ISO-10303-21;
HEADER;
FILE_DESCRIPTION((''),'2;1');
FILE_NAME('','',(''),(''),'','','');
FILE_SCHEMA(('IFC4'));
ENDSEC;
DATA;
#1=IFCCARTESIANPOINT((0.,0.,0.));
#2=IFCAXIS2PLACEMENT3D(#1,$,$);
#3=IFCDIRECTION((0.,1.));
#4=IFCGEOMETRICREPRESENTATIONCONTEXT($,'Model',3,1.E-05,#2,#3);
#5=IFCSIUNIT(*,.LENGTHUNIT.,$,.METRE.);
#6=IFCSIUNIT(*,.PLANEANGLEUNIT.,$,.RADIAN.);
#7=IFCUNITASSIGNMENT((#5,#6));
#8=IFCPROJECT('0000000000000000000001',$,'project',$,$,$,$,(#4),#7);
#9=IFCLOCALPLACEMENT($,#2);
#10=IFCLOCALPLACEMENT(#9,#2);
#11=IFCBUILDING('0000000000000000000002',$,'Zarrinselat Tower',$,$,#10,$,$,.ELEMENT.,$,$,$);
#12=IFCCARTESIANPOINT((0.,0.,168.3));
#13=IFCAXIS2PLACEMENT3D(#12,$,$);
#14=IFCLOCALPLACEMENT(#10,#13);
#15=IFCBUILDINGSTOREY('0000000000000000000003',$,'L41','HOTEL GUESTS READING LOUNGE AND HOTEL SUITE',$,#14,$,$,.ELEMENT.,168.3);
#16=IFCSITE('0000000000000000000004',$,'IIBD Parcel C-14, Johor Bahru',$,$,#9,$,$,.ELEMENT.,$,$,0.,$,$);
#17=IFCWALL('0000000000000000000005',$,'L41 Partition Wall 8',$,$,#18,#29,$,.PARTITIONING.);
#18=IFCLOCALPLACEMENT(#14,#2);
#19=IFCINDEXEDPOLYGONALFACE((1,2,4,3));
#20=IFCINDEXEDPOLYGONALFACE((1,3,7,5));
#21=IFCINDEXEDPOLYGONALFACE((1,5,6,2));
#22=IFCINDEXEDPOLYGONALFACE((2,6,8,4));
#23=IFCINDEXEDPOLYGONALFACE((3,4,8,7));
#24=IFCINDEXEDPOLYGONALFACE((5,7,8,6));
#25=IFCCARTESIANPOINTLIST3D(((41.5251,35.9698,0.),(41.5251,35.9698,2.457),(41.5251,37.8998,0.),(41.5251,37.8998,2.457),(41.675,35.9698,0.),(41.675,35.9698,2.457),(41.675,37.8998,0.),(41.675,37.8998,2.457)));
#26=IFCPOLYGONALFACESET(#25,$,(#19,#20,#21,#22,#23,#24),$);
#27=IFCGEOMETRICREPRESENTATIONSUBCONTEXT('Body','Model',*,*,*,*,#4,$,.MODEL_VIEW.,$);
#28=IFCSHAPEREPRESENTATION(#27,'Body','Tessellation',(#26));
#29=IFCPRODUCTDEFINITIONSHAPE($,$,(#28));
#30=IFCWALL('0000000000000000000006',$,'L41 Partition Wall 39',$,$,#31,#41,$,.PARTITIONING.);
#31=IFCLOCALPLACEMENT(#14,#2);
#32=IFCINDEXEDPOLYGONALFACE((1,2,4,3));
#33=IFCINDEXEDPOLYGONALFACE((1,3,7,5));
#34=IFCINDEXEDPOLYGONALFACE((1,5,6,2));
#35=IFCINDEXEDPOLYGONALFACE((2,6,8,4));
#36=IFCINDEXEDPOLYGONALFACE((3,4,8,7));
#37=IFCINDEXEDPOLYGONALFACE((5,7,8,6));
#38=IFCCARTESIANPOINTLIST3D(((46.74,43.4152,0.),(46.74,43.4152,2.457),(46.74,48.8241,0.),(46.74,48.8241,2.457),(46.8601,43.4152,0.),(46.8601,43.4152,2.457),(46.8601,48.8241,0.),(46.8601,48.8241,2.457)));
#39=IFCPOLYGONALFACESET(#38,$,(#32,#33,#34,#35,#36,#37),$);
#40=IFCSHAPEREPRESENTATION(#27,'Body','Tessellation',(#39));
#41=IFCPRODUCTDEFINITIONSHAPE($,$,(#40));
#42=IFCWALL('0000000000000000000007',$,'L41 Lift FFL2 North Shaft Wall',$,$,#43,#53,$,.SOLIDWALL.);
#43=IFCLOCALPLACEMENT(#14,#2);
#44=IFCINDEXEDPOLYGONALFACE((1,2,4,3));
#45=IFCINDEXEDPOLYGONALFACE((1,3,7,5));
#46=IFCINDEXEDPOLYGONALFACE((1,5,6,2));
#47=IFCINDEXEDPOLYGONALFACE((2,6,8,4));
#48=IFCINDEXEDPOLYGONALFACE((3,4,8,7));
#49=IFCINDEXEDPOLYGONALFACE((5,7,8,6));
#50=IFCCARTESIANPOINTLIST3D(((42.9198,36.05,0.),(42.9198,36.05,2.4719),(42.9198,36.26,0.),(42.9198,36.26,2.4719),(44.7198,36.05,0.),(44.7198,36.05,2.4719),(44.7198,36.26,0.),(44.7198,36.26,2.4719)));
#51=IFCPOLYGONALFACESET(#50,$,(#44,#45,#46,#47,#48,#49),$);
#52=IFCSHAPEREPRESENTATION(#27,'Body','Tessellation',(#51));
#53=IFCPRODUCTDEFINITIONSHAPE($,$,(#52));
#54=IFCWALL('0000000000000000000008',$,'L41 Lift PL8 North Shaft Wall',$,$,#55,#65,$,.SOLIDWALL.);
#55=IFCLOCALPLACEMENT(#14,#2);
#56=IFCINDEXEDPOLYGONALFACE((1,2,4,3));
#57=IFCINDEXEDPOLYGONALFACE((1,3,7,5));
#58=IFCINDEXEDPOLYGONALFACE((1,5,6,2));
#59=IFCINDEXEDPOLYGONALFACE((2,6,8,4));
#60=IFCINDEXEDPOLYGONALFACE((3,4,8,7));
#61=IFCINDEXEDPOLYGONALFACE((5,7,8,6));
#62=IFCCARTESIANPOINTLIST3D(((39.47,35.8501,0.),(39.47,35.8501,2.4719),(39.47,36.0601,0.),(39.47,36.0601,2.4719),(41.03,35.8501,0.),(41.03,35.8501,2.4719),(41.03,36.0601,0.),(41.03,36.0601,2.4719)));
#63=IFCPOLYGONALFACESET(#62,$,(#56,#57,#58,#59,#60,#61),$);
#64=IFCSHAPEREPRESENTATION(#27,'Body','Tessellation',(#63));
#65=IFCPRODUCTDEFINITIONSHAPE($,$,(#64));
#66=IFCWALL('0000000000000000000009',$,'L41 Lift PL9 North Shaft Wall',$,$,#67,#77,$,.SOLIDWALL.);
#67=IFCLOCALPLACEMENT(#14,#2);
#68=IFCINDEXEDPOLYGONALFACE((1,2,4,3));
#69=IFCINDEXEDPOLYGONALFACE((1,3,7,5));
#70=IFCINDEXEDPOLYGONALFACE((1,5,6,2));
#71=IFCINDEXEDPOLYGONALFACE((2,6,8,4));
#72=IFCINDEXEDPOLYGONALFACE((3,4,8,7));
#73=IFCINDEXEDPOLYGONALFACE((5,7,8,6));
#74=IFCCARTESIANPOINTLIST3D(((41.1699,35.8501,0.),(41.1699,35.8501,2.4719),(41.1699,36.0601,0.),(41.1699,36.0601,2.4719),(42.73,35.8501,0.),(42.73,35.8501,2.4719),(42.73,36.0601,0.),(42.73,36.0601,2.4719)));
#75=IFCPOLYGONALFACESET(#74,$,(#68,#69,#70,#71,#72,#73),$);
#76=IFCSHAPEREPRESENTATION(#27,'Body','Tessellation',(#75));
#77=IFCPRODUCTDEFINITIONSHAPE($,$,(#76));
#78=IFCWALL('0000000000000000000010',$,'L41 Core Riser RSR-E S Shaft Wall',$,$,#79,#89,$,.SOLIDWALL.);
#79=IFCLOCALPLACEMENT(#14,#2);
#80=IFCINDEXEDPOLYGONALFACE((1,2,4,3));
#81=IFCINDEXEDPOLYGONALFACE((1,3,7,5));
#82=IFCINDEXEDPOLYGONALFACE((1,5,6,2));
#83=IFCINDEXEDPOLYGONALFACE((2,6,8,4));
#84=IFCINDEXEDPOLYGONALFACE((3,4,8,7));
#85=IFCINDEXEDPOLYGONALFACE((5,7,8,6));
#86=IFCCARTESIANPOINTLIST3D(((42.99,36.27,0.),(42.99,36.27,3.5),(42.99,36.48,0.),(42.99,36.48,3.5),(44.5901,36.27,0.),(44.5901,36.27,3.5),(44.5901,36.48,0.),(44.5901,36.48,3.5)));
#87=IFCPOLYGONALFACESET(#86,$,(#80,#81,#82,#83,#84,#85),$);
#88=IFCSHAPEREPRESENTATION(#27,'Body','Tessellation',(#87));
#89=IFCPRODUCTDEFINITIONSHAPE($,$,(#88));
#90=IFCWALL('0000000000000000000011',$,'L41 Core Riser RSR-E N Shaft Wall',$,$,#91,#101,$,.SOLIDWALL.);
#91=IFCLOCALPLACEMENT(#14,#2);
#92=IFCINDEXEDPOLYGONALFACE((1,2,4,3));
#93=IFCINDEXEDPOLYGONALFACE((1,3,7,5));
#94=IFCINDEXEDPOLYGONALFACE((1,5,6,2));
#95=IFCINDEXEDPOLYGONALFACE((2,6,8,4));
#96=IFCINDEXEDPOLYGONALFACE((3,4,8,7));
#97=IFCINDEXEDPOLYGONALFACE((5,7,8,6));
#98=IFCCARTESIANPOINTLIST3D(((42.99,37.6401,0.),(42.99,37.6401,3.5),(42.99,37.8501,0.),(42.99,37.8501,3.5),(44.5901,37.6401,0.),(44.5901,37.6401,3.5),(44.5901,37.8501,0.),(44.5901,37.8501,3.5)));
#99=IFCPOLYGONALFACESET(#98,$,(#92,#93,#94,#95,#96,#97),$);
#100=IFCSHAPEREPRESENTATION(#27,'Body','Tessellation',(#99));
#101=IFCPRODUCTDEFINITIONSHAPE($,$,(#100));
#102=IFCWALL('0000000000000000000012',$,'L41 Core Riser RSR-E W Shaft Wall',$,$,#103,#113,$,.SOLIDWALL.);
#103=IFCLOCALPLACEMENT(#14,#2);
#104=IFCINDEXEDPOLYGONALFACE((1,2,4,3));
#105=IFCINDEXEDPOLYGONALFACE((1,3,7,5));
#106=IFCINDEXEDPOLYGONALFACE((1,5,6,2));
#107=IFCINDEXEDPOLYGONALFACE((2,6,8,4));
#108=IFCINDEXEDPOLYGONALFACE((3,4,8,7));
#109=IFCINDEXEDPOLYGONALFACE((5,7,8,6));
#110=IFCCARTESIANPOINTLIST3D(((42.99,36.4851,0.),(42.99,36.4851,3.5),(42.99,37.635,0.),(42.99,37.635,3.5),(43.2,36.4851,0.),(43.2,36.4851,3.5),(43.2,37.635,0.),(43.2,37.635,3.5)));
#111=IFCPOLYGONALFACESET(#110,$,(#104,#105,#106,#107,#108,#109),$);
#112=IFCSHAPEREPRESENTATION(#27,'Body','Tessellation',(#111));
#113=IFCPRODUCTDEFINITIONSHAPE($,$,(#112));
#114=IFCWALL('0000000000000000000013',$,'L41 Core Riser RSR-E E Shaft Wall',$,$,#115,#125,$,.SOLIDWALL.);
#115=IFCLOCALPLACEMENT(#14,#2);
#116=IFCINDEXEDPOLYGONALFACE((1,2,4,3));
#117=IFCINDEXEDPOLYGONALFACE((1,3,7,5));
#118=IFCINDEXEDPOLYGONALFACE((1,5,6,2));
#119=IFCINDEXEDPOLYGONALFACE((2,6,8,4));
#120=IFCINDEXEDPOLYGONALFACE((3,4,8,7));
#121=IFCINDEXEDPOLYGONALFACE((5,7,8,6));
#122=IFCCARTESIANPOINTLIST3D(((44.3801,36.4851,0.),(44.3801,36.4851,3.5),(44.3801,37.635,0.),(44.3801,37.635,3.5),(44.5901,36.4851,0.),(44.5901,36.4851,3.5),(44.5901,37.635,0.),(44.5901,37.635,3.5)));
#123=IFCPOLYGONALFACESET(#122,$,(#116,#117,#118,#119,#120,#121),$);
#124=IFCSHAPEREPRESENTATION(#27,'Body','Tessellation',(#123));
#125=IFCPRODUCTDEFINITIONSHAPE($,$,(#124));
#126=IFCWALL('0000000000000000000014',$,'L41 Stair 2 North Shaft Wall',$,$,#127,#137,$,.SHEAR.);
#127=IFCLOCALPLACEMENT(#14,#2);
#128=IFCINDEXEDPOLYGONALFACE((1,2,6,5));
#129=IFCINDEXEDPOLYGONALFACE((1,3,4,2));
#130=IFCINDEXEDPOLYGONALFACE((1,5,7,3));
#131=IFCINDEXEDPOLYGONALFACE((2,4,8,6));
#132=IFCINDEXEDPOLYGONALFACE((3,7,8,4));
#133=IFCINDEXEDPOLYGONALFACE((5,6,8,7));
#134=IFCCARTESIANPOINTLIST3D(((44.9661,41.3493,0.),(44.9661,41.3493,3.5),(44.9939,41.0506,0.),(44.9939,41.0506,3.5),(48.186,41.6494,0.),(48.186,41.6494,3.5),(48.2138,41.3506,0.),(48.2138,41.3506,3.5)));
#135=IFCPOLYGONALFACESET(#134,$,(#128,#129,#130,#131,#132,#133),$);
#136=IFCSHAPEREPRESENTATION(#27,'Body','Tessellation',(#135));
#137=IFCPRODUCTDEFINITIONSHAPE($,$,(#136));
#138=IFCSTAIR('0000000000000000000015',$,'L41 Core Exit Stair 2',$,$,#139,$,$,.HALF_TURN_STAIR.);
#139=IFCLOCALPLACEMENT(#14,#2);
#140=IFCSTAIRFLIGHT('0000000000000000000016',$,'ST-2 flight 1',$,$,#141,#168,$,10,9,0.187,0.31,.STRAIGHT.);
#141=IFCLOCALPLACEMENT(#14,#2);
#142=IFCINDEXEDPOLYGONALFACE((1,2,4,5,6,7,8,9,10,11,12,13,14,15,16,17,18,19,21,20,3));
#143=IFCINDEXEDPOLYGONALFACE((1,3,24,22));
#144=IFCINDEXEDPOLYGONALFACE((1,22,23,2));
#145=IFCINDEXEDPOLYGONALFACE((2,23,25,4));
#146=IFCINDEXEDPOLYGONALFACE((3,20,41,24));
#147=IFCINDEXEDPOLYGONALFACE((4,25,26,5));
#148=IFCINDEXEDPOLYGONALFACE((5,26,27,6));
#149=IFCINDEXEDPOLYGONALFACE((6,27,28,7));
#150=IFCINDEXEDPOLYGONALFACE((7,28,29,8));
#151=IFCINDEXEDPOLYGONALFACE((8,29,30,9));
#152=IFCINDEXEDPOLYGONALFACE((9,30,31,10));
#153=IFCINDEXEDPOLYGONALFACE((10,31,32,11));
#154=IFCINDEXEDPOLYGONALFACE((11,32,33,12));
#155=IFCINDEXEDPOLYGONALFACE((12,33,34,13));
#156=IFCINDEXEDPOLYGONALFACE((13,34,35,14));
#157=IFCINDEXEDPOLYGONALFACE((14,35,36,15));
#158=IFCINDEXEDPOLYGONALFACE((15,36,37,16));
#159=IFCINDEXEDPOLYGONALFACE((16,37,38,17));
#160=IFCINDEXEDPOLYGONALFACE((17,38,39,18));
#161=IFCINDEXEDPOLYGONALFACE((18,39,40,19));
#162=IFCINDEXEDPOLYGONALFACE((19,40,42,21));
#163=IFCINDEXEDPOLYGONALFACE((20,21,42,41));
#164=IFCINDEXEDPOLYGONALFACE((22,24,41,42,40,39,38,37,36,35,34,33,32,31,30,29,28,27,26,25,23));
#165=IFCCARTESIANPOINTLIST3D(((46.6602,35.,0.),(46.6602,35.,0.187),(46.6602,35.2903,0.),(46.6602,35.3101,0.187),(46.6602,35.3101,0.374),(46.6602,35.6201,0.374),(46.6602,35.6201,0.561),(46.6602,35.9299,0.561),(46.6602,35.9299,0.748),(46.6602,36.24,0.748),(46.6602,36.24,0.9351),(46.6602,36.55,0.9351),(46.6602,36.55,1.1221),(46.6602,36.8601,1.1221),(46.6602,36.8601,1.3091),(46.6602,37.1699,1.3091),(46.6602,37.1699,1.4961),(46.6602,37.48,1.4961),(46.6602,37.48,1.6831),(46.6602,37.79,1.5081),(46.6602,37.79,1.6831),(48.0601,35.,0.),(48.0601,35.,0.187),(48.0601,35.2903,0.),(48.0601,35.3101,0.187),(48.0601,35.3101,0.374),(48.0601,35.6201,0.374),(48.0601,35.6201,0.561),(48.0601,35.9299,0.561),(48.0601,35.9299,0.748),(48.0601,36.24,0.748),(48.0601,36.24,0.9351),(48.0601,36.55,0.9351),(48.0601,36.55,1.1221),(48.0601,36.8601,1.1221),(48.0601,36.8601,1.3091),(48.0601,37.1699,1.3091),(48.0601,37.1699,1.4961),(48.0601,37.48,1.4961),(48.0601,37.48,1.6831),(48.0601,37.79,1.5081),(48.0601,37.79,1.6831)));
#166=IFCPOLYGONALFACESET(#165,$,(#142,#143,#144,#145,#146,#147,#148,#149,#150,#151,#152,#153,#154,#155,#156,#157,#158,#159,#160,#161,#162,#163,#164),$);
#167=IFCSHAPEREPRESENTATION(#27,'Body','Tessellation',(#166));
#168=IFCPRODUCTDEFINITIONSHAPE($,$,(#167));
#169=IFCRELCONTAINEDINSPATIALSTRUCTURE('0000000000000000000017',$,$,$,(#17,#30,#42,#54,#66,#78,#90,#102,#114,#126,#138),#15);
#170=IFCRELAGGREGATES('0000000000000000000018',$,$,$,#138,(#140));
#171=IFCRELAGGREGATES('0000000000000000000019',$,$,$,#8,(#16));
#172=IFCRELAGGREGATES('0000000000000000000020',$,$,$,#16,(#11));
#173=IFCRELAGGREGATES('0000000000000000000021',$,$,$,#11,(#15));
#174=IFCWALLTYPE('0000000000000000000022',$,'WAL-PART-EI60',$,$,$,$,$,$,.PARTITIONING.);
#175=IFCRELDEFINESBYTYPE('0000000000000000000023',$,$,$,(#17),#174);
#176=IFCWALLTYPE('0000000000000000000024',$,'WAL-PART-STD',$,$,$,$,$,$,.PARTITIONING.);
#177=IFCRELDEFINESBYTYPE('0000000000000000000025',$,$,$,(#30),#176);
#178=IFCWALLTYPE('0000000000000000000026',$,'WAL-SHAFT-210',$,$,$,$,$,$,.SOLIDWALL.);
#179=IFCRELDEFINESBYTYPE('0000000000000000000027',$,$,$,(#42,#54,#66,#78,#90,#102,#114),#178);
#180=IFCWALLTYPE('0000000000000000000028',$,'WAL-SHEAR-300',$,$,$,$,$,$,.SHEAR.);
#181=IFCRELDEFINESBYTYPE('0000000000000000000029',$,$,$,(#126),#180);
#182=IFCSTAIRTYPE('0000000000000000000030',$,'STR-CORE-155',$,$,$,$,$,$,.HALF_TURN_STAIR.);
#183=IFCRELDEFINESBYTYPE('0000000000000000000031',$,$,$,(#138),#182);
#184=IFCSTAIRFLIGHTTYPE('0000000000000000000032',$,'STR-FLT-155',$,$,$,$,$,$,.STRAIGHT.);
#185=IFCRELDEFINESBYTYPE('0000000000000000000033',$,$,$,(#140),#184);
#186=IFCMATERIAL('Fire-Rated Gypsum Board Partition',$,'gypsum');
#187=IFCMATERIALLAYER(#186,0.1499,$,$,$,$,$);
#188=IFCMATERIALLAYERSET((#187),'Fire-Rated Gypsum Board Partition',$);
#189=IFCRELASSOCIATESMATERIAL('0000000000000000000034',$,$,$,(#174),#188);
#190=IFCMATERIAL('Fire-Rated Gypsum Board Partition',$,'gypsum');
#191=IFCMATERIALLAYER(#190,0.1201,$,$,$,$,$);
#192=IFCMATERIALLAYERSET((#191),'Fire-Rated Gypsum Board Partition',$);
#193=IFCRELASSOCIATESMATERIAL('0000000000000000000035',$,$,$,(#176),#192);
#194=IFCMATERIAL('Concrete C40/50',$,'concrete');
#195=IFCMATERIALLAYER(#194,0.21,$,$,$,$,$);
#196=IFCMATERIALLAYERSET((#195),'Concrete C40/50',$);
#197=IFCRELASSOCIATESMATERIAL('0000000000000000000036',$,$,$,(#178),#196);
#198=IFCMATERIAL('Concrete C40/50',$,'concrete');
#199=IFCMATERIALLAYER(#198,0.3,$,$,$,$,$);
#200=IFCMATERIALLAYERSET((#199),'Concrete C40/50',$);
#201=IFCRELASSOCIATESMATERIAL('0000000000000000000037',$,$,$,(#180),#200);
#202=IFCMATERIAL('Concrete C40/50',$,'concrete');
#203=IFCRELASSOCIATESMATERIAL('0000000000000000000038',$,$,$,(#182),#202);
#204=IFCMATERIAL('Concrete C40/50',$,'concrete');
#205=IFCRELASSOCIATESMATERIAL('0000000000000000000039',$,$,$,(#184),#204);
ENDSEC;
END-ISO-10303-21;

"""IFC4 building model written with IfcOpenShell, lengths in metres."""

from ifc_helpers import new_model, si_unit, direction, frame, frame_2d, origin, place, context, subcontext, project, spatial, polyline, rectangle, outline, extrude, material, layer, layer_set, type_object, element, aggregate, save


model = new_model("IFC4")

# Units and contexts
model_context = context("Model", 3, precision=1e-05, world=origin(), true_north=direction((0.0, 1.0)))
body_context = subcontext(model_context, "Body", "Model", "MODEL_VIEW")
ifc_project = project(units=[si_unit("LENGTHUNIT", "METRE"), si_unit("PLANEANGLEUNIT", "RADIAN")], contexts=[model_context])

# Site, building, storey
site_placement = place(None, origin())
site = spatial("IfcSite", under=ifc_project, at=site_placement, Name="IIBD Parcel C-14, Johor Bahru", CompositionType="ELEMENT", RefElevation=0.0)
building_placement = place(site_placement, origin())
building = spatial("IfcBuilding", under=site, at=building_placement, Name="Zarrinselat Tower", CompositionType="ELEMENT")
storey_placement = place(building_placement, frame((0.0, 0.0, 168.3)))
storey = spatial("IfcBuildingStorey", under=building, at=storey_placement, Name="L41", Description="HOTEL GUESTS READING LOUNGE AND HOTEL SUITE", CompositionType="ELEMENT", Elevation=168.3)

# Shared definitions
ifc_material_1 = material(Name="Fire-Rated Gypsum Board Partition", Category="gypsum")
ifc_layer_1 = layer(ifc_material_1, 0.1499)
ifc_layer_set_1 = layer_set([ifc_layer_1], Name="Fire-Rated Gypsum Board Partition")
wall_type_1 = type_object("IfcWallType", Name="WAL-PART-EI60", PredefinedType="PARTITIONING", material=ifc_layer_set_1)

# Walls
wall_1_placement = place(storey_placement, frame((41.6001, 35.97, 0.0), z_axis=(0.0, 0.0, 1.0), x_axis=(0.0, 1.0, 0.0)))
element("IfcWall", 1, at=wall_1_placement, inside=storey, type_object=wall_type_1, Name="L41 Partition Wall 8", PredefinedType="PARTITIONING", context=body_context, shape_type="SweptSolid", body=[
    extrude(rectangle(XDim=1.9299, YDim=0.1499, at=frame_2d((0.9648, 0.0))), origin(), (0.0, 0.0, 1.0), 2.457),
])
ifc_material_2 = material(Name="Fire-Rated Gypsum Board Partition", Category="gypsum")
ifc_layer_2 = layer(ifc_material_2, 0.1201)
ifc_layer_set_2 = layer_set([ifc_layer_2], Name="Fire-Rated Gypsum Board Partition")
wall_type_2 = type_object("IfcWallType", Name="WAL-PART-STD", PredefinedType="PARTITIONING", material=ifc_layer_set_2)
wall_2_placement = place(storey_placement, frame((46.8, 43.415, 0.0), z_axis=(0.0, 0.0, 1.0), x_axis=(0.0, 1.0, 0.0)))
element("IfcWall", 2, at=wall_2_placement, inside=storey, type_object=wall_type_2, Name="L41 Partition Wall 39", PredefinedType="PARTITIONING", context=body_context, shape_type="SweptSolid", body=[
    extrude(rectangle(XDim=5.4089, YDim=0.1201, at=frame_2d((2.7046, 0.0))), origin(), (0.0, 0.0, 1.0), 2.457),
])
ifc_material_3 = material(Name="Concrete C40/50", Category="concrete")
ifc_layer_3 = layer(ifc_material_3, 0.21)
ifc_layer_set_3 = layer_set([ifc_layer_3], Name="Concrete C40/50")
wall_type_3 = type_object("IfcWallType", Name="WAL-SHAFT-210", PredefinedType="SOLIDWALL", material=ifc_layer_set_3)
wall_3_placement = place(storey_placement, frame((42.9199, 36.155, 0.0), z_axis=(0.0, 0.0, 1.0), x_axis=(1.0, 0.0, 0.0)))
element("IfcWall", 3, at=wall_3_placement, inside=storey, type_object=wall_type_3, Name="L41 Lift FFL2 North Shaft Wall", PredefinedType="SOLIDWALL", context=body_context, shape_type="SweptSolid", body=[
    extrude(rectangle(XDim=1.8, YDim=0.21, at=frame_2d((0.8999, 0.0))), origin(), (0.0, 0.0, 1.0), 2.4719),
])
for number, where, z_axis, x_axis, name in (
    (4, (39.47, 35.9551, 0.0), (0.0, 0.0, 1.0), (1.0, 0.0, 0.0), "L41 Lift PL8 North Shaft Wall"),
    (5, (41.1699, 35.9551, 0.0), (0.0, 0.0, 1.0), (1.0, 0.0, 0.0), "L41 Lift PL9 North Shaft Wall"),
):
    element("IfcWall", number, at=place(storey_placement, frame(where, z_axis=z_axis, x_axis=x_axis)), inside=storey, type_object=wall_type_3, Name=name, PredefinedType="SOLIDWALL", context=body_context, shape_type="SweptSolid", body=[
        extrude(rectangle(XDim=1.5601, YDim=0.21, at=frame_2d((0.78, 0.0))), origin(), (0.0, 0.0, 1.0), 2.4719),
    ])
for number, where, z_axis, x_axis, name in (
    (6, (42.99, 36.375, 0.0), (0.0, 0.0, 1.0), (1.0, 0.0, 0.0), "L41 Core Riser RSR-E S Shaft Wall"),
    (7, (42.99, 37.7451, 0.0), (0.0, 0.0, 1.0), (1.0, 0.0, 0.0), "L41 Core Riser RSR-E N Shaft Wall"),
):
    element("IfcWall", number, at=place(storey_placement, frame(where, z_axis=z_axis, x_axis=x_axis)), inside=storey, type_object=wall_type_3, Name=name, PredefinedType="SOLIDWALL", context=body_context, shape_type="SweptSolid", body=[
        extrude(rectangle(XDim=1.6001, YDim=0.21, at=frame_2d((0.8, 0.0))), origin(), (0.0, 0.0, 1.0), 3.5),
    ])
for number, where, z_axis, x_axis, name in (
    (8, (43.095, 36.4851, 0.0), (0.0, 0.0, 1.0), (0.0, 1.0, 0.0), "L41 Core Riser RSR-E W Shaft Wall"),
    (9, (44.4851, 36.4851, 0.0), (0.0, 0.0, 1.0), (0.0, 1.0, 0.0), "L41 Core Riser RSR-E E Shaft Wall"),
):
    element("IfcWall", number, at=place(storey_placement, frame(where, z_axis=z_axis, x_axis=x_axis)), inside=storey, type_object=wall_type_3, Name=name, PredefinedType="SOLIDWALL", context=body_context, shape_type="SweptSolid", body=[
        extrude(rectangle(XDim=1.1499, YDim=0.21, at=frame_2d((0.575, 0.0))), origin(), (0.0, 0.0, 1.0), 3.5),
    ])
ifc_material_4 = material(Name="Concrete C40/50", Category="concrete")
ifc_layer_4 = layer(ifc_material_4, 0.3)
ifc_layer_set_4 = layer_set([ifc_layer_4], Name="Concrete C40/50")
wall_type_4 = type_object("IfcWallType", Name="WAL-SHEAR-300", PredefinedType="SHEAR", material=ifc_layer_set_4)
wall_4_placement = place(storey_placement, frame((44.98, 41.2, 0.0), z_axis=(0.0, 0.0, 1.0), x_axis=(0.995686, 0.092782, 0.0)))
element("IfcWall", 10, at=wall_4_placement, inside=storey, type_object=wall_type_4, Name="L41 Stair 2 North Shaft Wall", PredefinedType="SHEAR", context=body_context, shape_type="SweptSolid", body=[
    extrude(rectangle(XDim=3.2339, YDim=0.3, at=frame_2d((1.6169, 0.0))), origin(), (0.0, 0.0, 1.0), 3.5),
])

# Stair, stair flight
ifc_material_5 = material(Name="Concrete C40/50", Category="concrete")
stair_type = type_object("IfcStairType", Name="STR-CORE-155", PredefinedType="HALF_TURN_STAIR", material=ifc_material_5)
stair_placement = place(storey_placement, origin())
stair = element("IfcStair", 11, at=stair_placement, inside=storey, type_object=stair_type, Name="L41 Core Exit Stair 2", PredefinedType="HALF_TURN_STAIR")
ifc_material_6 = material(Name="Concrete C40/50", Category="concrete")
stair_flight_type = type_object("IfcStairFlightType", Name="STR-FLT-155", PredefinedType="STRAIGHT", material=ifc_material_6)
stair_flight_1_placement = place(storey_placement, frame((47.3601, 35.0, 0.0), z_axis=(0.0, 0.0, 1.0), x_axis=(0.0, 1.0, 0.0)))
stair_flight_1 = element("IfcStairFlight", 12, at=stair_flight_1_placement, type_object=stair_flight_type, Name="ST-2 flight 1", NumberOfRisers=10, NumberOfTreads=9, PredefinedType="STRAIGHT", RiserHeight=0.187, TreadLength=0.31, context=body_context, shape_type="SweptSolid", body=[
    extrude(outline(polyline([(0.0, 0.0), (0.0, 0.187), (0.3101, 0.187), (0.3101, 0.374), (0.6201, 0.374), (0.6201, 0.561), (0.9299, 0.561), (0.9299, 0.748), (1.24, 0.748), (1.24, 0.9351), (1.55, 0.9351), (1.55, 1.1221), (1.8601, 1.1221), (1.8601, 1.3091), (2.1699, 1.3091), (2.1699, 1.4961), (2.48, 1.4961), (2.48, 1.6831), (2.79, 1.6831), (2.79, 1.8701), (2.79, 1.5081), (0.2903, 0.0), (0.0, 0.0)])), frame((0.0, 0.7, 0.0), z_axis=(0.0, -1.0, 0.0), x_axis=(1.0, 0.0, 0.0)), (0.0, 0.0, 1.0), 1.3999),
])
aggregate(stair, [stair_flight_1])

save(model, "model.ifc")
